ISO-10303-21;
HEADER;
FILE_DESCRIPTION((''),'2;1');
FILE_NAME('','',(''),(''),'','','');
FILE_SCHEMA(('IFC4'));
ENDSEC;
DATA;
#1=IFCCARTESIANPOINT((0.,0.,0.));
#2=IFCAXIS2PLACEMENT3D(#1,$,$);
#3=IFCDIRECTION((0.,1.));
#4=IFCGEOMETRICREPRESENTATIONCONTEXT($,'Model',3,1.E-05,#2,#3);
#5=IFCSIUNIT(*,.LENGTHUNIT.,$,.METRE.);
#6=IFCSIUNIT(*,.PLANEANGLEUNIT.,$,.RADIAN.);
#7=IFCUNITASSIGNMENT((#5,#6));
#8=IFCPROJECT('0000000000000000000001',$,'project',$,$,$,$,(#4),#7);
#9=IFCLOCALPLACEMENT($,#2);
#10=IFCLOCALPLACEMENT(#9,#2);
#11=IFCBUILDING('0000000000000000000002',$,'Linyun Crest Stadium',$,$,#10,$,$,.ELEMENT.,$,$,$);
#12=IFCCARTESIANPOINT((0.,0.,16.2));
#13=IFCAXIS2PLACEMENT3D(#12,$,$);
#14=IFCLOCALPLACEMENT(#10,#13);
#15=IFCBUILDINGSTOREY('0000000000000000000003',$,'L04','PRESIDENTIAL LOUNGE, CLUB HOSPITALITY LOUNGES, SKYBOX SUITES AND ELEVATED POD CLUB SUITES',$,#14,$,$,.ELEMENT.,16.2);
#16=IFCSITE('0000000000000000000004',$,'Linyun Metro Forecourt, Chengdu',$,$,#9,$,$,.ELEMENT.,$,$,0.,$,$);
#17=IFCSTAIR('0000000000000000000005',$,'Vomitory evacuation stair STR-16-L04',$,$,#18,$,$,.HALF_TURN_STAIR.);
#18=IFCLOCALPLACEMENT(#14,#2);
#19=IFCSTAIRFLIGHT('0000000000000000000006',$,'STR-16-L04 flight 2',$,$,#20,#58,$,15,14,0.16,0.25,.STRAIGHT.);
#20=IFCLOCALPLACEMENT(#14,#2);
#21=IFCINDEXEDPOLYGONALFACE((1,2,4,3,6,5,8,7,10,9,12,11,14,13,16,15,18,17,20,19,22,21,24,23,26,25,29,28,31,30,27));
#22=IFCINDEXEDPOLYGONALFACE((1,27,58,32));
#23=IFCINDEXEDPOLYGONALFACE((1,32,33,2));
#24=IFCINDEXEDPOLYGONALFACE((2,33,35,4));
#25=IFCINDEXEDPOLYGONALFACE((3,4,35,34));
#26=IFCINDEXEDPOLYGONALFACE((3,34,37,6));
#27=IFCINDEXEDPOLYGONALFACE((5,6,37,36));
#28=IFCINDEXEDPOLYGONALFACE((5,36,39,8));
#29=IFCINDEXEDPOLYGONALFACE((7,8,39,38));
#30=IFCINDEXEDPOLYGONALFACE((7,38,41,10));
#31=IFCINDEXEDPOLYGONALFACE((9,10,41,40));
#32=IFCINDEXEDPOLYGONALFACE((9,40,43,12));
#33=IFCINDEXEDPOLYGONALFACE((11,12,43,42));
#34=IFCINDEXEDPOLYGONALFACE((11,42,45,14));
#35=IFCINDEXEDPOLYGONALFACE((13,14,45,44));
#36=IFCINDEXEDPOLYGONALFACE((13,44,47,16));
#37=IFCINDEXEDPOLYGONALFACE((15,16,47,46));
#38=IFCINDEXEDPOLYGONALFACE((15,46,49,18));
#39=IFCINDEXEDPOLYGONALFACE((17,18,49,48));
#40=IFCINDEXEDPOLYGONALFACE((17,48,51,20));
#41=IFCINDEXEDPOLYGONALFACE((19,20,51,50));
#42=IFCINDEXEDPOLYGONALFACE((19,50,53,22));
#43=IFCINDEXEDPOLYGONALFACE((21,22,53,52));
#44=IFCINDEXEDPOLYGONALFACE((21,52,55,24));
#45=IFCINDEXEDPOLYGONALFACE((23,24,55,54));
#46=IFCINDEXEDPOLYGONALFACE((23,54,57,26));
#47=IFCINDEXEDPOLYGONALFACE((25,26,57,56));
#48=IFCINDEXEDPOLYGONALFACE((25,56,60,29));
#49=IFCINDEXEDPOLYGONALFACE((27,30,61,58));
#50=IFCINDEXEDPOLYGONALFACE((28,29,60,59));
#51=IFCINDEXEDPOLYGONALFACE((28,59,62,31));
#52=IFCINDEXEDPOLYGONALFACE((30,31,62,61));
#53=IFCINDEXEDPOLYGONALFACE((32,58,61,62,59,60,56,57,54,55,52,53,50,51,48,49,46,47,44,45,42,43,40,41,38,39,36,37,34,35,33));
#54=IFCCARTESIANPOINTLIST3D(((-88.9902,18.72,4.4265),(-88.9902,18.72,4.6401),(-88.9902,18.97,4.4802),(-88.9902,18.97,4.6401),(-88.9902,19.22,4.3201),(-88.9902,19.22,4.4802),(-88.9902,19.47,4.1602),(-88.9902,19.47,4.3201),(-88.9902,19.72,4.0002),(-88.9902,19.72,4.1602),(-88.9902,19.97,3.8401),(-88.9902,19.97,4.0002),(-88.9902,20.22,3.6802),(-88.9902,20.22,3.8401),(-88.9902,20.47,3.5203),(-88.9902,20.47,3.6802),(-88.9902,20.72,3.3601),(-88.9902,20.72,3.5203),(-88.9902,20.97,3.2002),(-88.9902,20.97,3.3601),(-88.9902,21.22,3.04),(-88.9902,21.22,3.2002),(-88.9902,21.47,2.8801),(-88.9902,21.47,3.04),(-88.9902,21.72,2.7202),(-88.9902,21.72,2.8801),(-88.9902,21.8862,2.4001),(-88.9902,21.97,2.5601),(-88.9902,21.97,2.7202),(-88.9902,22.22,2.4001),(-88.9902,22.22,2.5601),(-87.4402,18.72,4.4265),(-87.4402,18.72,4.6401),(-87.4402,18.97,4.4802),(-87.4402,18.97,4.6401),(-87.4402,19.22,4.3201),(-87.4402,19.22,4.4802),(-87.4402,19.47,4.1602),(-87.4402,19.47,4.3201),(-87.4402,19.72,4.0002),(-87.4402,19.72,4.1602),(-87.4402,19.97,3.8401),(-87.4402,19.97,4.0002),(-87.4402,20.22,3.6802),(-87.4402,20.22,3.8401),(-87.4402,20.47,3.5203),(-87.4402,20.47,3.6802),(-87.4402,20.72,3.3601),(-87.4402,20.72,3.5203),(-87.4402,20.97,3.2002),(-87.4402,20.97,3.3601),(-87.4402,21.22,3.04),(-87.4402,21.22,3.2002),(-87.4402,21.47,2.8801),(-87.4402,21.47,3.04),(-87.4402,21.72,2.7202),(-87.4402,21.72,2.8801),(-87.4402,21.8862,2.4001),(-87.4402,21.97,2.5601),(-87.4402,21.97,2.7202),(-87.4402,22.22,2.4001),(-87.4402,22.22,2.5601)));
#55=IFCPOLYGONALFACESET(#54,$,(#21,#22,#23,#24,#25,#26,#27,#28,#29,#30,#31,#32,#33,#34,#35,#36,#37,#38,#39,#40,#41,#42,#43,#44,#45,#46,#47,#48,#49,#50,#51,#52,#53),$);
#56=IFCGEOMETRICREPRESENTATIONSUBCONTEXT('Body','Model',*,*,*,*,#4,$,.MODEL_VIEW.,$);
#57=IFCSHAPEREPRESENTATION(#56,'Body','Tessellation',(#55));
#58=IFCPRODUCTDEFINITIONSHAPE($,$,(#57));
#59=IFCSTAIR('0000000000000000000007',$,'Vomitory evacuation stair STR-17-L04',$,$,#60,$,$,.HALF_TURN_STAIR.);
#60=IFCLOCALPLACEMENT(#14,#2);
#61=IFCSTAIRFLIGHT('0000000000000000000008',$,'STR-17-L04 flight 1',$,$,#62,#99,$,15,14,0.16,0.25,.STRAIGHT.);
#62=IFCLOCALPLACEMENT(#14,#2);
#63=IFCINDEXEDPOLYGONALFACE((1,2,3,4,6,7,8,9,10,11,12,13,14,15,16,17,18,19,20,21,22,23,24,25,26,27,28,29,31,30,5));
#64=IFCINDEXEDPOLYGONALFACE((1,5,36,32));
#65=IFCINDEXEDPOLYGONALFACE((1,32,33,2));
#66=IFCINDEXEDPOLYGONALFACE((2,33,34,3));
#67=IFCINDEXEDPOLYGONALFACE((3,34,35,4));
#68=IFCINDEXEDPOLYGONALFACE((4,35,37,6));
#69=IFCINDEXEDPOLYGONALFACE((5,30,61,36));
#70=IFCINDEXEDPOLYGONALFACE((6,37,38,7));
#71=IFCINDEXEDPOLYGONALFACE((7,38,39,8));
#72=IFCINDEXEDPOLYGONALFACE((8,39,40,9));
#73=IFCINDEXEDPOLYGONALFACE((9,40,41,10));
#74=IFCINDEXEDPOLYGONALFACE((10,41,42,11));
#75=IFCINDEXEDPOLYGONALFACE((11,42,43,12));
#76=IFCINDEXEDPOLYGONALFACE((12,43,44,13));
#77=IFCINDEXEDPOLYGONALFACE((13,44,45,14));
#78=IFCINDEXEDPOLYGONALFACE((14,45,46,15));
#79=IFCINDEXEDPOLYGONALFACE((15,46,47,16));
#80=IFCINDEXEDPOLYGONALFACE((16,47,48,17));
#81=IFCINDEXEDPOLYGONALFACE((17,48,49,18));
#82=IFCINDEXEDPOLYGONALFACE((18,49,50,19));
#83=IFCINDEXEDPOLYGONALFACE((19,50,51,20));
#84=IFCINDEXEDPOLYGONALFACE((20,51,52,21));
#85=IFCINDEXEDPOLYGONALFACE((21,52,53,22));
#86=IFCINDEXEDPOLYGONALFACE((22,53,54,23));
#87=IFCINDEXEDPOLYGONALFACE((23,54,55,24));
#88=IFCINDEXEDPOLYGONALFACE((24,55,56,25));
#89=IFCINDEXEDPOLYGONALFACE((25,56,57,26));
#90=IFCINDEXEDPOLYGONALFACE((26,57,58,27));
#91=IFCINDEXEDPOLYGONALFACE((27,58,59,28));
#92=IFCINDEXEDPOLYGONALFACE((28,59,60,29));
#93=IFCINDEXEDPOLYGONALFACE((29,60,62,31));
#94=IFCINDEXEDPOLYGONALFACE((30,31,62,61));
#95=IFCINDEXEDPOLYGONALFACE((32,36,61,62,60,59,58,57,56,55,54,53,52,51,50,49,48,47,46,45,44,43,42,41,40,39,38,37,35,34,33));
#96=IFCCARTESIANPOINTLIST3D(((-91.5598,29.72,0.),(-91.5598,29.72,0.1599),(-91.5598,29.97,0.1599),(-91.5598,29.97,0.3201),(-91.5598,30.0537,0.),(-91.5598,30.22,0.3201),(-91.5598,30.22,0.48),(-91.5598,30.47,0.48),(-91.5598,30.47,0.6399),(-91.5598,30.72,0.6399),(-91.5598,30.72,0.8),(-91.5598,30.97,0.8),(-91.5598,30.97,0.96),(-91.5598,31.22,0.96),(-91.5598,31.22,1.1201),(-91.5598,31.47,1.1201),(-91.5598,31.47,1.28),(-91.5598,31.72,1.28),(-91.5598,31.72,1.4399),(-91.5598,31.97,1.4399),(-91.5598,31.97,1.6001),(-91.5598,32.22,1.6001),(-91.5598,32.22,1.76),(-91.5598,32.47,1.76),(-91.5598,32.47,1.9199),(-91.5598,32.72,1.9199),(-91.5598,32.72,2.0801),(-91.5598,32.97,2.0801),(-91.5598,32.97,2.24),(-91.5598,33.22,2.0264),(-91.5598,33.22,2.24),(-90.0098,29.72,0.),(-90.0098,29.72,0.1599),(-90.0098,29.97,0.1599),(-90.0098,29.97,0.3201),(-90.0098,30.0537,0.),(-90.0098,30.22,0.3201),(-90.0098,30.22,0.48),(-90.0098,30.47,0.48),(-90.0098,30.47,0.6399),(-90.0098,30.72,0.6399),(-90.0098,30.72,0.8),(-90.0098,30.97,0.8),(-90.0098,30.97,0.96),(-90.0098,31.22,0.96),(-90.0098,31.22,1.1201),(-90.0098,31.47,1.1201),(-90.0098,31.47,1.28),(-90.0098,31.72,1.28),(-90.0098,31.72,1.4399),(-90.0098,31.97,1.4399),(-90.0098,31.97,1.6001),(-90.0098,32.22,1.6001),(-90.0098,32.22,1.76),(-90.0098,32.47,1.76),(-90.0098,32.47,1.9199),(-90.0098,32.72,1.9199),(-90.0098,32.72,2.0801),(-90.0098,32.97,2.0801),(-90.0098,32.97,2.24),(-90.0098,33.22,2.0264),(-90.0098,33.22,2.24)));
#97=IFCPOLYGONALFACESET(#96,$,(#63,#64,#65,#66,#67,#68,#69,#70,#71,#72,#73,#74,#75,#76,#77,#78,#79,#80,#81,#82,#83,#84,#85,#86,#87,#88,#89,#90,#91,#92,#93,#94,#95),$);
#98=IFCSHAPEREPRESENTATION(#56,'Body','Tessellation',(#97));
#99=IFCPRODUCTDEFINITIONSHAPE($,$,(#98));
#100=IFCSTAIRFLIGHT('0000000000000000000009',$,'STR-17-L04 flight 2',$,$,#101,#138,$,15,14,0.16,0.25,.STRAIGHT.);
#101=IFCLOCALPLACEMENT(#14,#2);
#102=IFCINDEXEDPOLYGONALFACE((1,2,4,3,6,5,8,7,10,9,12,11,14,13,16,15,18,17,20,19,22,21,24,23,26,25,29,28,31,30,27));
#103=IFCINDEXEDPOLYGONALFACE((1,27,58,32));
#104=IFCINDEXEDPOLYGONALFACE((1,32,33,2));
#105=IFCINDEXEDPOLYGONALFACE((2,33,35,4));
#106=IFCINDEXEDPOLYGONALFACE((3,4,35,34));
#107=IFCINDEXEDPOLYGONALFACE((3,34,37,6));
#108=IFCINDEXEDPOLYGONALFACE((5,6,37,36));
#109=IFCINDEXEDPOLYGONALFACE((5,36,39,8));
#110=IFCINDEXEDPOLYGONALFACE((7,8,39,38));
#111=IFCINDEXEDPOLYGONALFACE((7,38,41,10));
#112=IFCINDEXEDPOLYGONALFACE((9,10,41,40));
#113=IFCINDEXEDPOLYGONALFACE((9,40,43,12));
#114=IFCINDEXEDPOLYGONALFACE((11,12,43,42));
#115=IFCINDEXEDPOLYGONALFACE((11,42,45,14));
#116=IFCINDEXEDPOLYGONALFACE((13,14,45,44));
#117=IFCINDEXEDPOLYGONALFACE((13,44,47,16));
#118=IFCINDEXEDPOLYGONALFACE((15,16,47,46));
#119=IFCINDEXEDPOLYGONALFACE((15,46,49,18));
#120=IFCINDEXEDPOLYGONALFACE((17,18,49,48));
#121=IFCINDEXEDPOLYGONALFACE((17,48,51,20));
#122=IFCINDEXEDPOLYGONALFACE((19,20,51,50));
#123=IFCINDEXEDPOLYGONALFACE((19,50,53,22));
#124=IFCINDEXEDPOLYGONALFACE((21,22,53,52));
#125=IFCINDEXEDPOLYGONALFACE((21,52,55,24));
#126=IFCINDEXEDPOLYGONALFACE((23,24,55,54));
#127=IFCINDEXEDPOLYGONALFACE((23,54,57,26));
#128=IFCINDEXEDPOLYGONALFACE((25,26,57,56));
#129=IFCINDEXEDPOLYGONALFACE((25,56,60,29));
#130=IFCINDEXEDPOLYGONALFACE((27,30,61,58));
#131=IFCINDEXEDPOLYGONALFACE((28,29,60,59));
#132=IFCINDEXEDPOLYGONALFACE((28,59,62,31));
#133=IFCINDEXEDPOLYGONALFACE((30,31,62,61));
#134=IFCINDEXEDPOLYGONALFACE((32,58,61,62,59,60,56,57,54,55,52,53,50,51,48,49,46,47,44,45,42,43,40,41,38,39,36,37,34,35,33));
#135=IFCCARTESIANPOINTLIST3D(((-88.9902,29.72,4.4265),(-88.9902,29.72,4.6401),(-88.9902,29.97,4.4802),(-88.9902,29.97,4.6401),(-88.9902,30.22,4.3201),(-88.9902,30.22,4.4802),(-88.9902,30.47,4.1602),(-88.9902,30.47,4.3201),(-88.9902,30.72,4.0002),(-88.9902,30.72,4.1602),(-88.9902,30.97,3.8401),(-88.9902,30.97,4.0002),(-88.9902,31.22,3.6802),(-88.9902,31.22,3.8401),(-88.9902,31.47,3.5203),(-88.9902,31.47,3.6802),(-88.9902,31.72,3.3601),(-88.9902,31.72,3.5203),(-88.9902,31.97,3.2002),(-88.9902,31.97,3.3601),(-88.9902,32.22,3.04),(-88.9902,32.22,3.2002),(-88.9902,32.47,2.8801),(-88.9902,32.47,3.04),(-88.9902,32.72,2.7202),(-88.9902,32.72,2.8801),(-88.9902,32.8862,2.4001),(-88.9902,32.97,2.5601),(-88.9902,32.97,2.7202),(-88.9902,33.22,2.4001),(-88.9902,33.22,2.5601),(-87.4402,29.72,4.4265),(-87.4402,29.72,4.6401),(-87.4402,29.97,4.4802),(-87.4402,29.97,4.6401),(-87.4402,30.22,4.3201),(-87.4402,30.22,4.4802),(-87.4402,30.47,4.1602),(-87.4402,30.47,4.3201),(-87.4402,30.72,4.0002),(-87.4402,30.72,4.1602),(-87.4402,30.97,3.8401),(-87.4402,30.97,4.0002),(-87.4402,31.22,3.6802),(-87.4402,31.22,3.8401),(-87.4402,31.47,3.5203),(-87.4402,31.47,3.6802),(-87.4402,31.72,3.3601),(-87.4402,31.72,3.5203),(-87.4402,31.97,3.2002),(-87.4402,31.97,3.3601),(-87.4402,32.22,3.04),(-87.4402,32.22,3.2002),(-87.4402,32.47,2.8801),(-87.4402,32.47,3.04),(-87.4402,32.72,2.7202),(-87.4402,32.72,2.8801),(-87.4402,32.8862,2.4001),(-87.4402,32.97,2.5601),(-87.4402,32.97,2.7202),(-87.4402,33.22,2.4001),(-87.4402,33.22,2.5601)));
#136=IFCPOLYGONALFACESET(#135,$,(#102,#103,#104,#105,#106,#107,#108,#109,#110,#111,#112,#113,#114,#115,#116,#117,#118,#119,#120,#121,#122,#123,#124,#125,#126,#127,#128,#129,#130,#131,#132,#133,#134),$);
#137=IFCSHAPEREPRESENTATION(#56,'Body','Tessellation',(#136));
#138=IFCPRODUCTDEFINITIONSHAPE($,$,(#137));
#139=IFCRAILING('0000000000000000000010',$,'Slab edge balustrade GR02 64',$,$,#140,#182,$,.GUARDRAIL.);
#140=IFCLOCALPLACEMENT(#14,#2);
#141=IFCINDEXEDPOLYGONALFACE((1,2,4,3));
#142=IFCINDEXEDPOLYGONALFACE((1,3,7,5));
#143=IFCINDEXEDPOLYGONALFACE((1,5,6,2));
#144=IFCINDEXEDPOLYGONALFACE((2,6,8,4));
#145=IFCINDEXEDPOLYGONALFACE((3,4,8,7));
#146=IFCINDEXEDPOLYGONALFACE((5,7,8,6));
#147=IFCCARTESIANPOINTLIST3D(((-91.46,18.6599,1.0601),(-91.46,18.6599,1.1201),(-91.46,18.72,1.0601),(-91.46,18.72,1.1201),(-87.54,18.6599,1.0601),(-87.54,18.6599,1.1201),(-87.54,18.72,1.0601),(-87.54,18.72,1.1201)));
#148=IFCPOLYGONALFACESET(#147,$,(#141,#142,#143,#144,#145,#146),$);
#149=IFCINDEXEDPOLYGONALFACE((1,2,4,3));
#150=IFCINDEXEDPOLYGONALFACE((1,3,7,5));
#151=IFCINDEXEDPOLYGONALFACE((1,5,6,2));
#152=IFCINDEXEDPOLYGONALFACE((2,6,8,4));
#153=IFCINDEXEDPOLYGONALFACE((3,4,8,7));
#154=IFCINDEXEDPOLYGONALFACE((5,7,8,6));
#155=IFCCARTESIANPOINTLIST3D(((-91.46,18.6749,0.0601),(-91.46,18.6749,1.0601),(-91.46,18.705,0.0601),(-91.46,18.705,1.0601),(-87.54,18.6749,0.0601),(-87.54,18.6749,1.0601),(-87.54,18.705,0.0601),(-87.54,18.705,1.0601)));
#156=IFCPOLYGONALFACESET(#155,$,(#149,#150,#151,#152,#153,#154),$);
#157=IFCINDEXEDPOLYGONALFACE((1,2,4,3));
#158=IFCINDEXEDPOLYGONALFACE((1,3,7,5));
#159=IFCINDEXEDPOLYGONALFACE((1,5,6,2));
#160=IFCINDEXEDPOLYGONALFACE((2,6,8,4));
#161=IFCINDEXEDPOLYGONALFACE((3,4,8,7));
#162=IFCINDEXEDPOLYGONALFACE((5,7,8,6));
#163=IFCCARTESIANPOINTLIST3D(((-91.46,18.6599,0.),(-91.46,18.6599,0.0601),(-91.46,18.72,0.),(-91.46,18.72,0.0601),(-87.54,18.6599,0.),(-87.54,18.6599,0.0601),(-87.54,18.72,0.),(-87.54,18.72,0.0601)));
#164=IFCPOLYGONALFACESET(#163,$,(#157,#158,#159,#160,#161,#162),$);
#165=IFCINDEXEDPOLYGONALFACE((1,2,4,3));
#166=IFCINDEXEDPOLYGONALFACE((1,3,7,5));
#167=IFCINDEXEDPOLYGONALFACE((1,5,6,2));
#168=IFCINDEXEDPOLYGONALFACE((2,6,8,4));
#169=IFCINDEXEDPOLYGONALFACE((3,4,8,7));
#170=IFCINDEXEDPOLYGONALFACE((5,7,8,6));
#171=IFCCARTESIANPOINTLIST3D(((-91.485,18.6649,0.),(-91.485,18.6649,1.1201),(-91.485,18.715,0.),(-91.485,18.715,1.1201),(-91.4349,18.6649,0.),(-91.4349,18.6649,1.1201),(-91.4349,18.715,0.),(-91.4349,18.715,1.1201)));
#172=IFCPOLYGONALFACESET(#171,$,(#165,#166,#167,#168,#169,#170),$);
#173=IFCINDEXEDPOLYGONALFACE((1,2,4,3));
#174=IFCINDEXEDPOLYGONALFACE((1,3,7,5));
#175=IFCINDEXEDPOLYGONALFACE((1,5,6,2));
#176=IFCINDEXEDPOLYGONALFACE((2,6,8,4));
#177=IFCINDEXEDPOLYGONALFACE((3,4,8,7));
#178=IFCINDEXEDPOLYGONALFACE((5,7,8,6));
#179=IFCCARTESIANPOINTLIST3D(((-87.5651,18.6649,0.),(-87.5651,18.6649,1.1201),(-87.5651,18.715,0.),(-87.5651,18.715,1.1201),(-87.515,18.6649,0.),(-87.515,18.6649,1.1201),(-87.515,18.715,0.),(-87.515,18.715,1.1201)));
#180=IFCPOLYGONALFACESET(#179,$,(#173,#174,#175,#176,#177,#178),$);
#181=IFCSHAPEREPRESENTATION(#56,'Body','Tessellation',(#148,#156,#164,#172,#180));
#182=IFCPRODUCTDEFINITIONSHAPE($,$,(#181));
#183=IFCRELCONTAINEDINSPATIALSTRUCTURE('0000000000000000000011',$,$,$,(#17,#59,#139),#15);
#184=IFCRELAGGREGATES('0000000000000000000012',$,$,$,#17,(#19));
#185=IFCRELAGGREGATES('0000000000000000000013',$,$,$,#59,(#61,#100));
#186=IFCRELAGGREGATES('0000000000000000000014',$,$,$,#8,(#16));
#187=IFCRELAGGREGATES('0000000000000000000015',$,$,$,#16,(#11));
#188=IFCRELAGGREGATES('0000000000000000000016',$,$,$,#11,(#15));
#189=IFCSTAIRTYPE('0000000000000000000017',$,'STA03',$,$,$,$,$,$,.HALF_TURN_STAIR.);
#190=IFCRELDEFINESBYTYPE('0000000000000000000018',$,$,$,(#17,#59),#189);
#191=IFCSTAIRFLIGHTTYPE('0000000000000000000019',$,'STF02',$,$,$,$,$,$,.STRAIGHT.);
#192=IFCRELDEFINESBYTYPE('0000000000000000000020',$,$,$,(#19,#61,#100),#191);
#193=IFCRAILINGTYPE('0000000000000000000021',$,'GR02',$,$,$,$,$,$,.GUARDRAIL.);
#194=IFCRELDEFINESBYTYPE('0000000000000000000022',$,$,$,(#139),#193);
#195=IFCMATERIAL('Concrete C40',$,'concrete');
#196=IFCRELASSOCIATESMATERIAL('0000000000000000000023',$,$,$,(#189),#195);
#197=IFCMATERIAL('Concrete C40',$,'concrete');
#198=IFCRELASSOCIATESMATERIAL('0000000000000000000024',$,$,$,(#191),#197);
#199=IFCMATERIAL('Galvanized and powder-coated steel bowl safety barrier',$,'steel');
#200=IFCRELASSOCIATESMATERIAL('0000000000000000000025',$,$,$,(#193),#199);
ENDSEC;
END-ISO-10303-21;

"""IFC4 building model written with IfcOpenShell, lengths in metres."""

from ifc_helpers import new_model, si_unit, direction, frame, origin, origin_2d, place, context, subcontext, project, spatial, polyline, rectangle, outline, extrude, material, type_object, element, aggregate, save


model = new_model("IFC4")

# Units and contexts
model_context = context("Model", 3, precision=1e-05, world=origin(), true_north=direction((0.0, 1.0)))
body_context = subcontext(model_context, "Body", "Model", "MODEL_VIEW")
ifc_project = project(units=[si_unit("LENGTHUNIT", "METRE"), si_unit("PLANEANGLEUNIT", "RADIAN")], contexts=[model_context])

# Site, building, storey
site_placement = place(None, origin())
site = spatial("IfcSite", under=ifc_project, at=site_placement, Name="Linyun Metro Forecourt, Chengdu", CompositionType="ELEMENT", RefElevation=0.0)
building_placement = place(site_placement, origin())
building = spatial("IfcBuilding", under=site, at=building_placement, Name="Linyun Crest Stadium", CompositionType="ELEMENT")
storey_placement = place(building_placement, frame((0.0, 0.0, 16.2)))
storey = spatial("IfcBuildingStorey", under=building, at=storey_placement, Name="L04", Description="PRESIDENTIAL LOUNGE, CLUB HOSPITALITY LOUNGES, SKYBOX SUITES AND ELEVATED POD CLUB SUITES", CompositionType="ELEMENT", Elevation=16.2)

# Stairs, stair flights
ifc_material_1 = material(Name="Concrete C40", Category="concrete")
stair_type = type_object("IfcStairType", Name="STA03", PredefinedType="HALF_TURN_STAIR", material=ifc_material_1)
stair_1_placement = place(storey_placement, origin())
stair_1 = element("IfcStair", 1, at=stair_1_placement, inside=storey, type_object=stair_type, Name="Vomitory evacuation stair STR-16-L04", PredefinedType="HALF_TURN_STAIR")
ifc_material_2 = material(Name="Concrete C40", Category="concrete")
stair_flight_type = type_object("IfcStairFlightType", Name="STF02", PredefinedType="STRAIGHT", material=ifc_material_2)
stair_flight_1_placement = place(storey_placement, frame((-88.2151, 22.22, 2.4001), z_axis=(0.0, 0.0, 1.0), x_axis=(0.0, -1.0, 0.0)))
stair_flight_1 = element("IfcStairFlight", 2, at=stair_flight_1_placement, type_object=stair_flight_type, Name="STR-16-L04 flight 2", NumberOfRisers=15, NumberOfTreads=14, PredefinedType="STRAIGHT", RiserHeight=0.16, TreadLength=0.25, context=body_context, shape_type="SweptSolid", body=[
    extrude(outline(polyline([(0.0, 0.0), (0.0, 0.1599), (0.25, 0.1599), (0.25, 0.3201), (0.5, 0.3201), (0.5, 0.48), (0.75, 0.48), (0.75, 0.6399), (1.0, 0.6399), (1.0, 0.8), (1.25, 0.8), (1.25, 0.96), (1.5, 0.96), (1.5, 1.1201), (1.75, 1.1201), (1.75, 1.28), (2.0, 1.28), (2.0, 1.4399), (2.25, 1.4399), (2.25, 1.6001), (2.5, 1.6001), (2.5, 1.76), (2.75, 1.76), (2.75, 1.9199), (3.0, 1.9199), (3.0, 2.0801), (3.25, 2.0801), (3.25, 2.24), (3.5, 2.24), (3.5, 2.3999), (3.5, 2.0264), (0.3337, 0.0), (0.0, 0.0)])), frame((0.0, 0.7749, 0.0), z_axis=(0.0, -1.0, 0.0), x_axis=(1.0, 0.0, 0.0)), (0.0, 0.0, 1.0), 1.55),
])
aggregate(stair_1, [stair_flight_1])
stair_2_placement = place(storey_placement, origin())
stair_2 = element("IfcStair", 3, at=stair_2_placement, inside=storey, type_object=stair_type, Name="Vomitory evacuation stair STR-17-L04", PredefinedType="HALF_TURN_STAIR")
stair_flight_2_placement = place(storey_placement, frame((-90.7849, 29.72, 0.0), z_axis=(0.0, 0.0, 1.0), x_axis=(0.0, 1.0, 0.0)))
stair_flight_2 = element("IfcStairFlight", 4, at=stair_flight_2_placement, type_object=stair_flight_type, Name="STR-17-L04 flight 1", NumberOfRisers=15, NumberOfTreads=14, PredefinedType="STRAIGHT", RiserHeight=0.16, TreadLength=0.25, context=body_context, shape_type="SweptSolid", body=[
    extrude(outline(polyline([(0.0, 0.0), (0.0, 0.1599), (0.25, 0.1599), (0.25, 0.3201), (0.5, 0.3201), (0.5, 0.48), (0.75, 0.48), (0.75, 0.6399), (1.0, 0.6399), (1.0, 0.8), (1.25, 0.8), (1.25, 0.96), (1.5, 0.96), (1.5, 1.1201), (1.75, 1.1201), (1.75, 1.28), (2.0, 1.28), (2.0, 1.4399), (2.25, 1.4399), (2.25, 1.6001), (2.5, 1.6001), (2.5, 1.76), (2.75, 1.76), (2.75, 1.9199), (3.0, 1.9199), (3.0, 2.0801), (3.25, 2.0801), (3.25, 2.24), (3.5, 2.24), (3.5, 2.3999), (3.5, 2.0264), (0.3337, 0.0), (0.0, 0.0)])), frame((0.0, 0.7749, 0.0), z_axis=(0.0, -1.0, 0.0), x_axis=(1.0, 0.0, 0.0)), (0.0, 0.0, 1.0), 1.55),
])
stair_flight_3_placement = place(storey_placement, frame((-88.2151, 33.22, 2.4001), z_axis=(0.0, 0.0, 1.0), x_axis=(0.0, -1.0, 0.0)))
stair_flight_3 = element("IfcStairFlight", 5, at=stair_flight_3_placement, type_object=stair_flight_type, Name="STR-17-L04 flight 2", NumberOfRisers=15, NumberOfTreads=14, PredefinedType="STRAIGHT", RiserHeight=0.16, TreadLength=0.25, context=body_context, shape_type="SweptSolid", body=[
    extrude(outline(polyline([(0.0, 0.0), (0.0, 0.1599), (0.25, 0.1599), (0.25, 0.3201), (0.5, 0.3201), (0.5, 0.48), (0.75, 0.48), (0.75, 0.6399), (1.0, 0.6399), (1.0, 0.8), (1.25, 0.8), (1.25, 0.96), (1.5, 0.96), (1.5, 1.1201), (1.75, 1.1201), (1.75, 1.28), (2.0, 1.28), (2.0, 1.4399), (2.25, 1.4399), (2.25, 1.6001), (2.5, 1.6001), (2.5, 1.76), (2.75, 1.76), (2.75, 1.9199), (3.0, 1.9199), (3.0, 2.0801), (3.25, 2.0801), (3.25, 2.24), (3.5, 2.24), (3.5, 2.3999), (3.5, 2.0264), (0.3337, 0.0), (0.0, 0.0)])), frame((0.0, 0.7749, 0.0), z_axis=(0.0, -1.0, 0.0), x_axis=(1.0, 0.0, 0.0)), (0.0, 0.0, 1.0), 1.55),
])
aggregate(stair_2, [stair_flight_2, stair_flight_3])

# Railing
ifc_material_3 = material(Name="Galvanized and powder-coated steel bowl safety barrier", Category="steel")
railing_type_1 = type_object("IfcRailingType", Name="GR02", PredefinedType="GUARDRAIL", material=ifc_material_3)
for number, where, name in (
    (6, (-91.46, 18.6899, 0.0), "Slab edge balustrade GR02 64"),
):
    element("IfcRailing", number, at=place(storey_placement, frame(where)), inside=storey, type_object=railing_type_1, Name=name, PredefinedType="GUARDRAIL", context=body_context, shape_type="SweptSolid", body=[
        extrude(rectangle(XDim=0.0601, YDim=0.0601, at=origin_2d()), frame((0.0, 0.0, 1.0901), z_axis=(1.0, 0.0, 0.0), x_axis=(0.0, 1.0, 0.0)), (0.0, 0.0, 1.0), 3.9199),
        extrude(rectangle(XDim=0.03, YDim=1.0, at=origin_2d()), frame((0.0, 0.0, 0.5601), z_axis=(1.0, 0.0, 0.0), x_axis=(0.0, 1.0, 0.0)), (0.0, 0.0, 1.0), 3.9199),
        extrude(rectangle(XDim=0.0601, YDim=0.0601, at=origin_2d()), frame((0.0, 0.0, 0.03), z_axis=(1.0, 0.0, 0.0), x_axis=(0.0, 1.0, 0.0)), (0.0, 0.0, 1.0), 3.9199),
        extrude(rectangle(XDim=0.05, YDim=0.05, at=origin_2d()), origin(), (0.0, 0.0, 1.0), 1.1201),
        extrude(rectangle(XDim=0.05, YDim=0.05, at=origin_2d()), frame((3.9199, 0.0, 0.0)), (0.0, 0.0, 1.0), 1.1201),
    ])

save(model, "model.ifc")
